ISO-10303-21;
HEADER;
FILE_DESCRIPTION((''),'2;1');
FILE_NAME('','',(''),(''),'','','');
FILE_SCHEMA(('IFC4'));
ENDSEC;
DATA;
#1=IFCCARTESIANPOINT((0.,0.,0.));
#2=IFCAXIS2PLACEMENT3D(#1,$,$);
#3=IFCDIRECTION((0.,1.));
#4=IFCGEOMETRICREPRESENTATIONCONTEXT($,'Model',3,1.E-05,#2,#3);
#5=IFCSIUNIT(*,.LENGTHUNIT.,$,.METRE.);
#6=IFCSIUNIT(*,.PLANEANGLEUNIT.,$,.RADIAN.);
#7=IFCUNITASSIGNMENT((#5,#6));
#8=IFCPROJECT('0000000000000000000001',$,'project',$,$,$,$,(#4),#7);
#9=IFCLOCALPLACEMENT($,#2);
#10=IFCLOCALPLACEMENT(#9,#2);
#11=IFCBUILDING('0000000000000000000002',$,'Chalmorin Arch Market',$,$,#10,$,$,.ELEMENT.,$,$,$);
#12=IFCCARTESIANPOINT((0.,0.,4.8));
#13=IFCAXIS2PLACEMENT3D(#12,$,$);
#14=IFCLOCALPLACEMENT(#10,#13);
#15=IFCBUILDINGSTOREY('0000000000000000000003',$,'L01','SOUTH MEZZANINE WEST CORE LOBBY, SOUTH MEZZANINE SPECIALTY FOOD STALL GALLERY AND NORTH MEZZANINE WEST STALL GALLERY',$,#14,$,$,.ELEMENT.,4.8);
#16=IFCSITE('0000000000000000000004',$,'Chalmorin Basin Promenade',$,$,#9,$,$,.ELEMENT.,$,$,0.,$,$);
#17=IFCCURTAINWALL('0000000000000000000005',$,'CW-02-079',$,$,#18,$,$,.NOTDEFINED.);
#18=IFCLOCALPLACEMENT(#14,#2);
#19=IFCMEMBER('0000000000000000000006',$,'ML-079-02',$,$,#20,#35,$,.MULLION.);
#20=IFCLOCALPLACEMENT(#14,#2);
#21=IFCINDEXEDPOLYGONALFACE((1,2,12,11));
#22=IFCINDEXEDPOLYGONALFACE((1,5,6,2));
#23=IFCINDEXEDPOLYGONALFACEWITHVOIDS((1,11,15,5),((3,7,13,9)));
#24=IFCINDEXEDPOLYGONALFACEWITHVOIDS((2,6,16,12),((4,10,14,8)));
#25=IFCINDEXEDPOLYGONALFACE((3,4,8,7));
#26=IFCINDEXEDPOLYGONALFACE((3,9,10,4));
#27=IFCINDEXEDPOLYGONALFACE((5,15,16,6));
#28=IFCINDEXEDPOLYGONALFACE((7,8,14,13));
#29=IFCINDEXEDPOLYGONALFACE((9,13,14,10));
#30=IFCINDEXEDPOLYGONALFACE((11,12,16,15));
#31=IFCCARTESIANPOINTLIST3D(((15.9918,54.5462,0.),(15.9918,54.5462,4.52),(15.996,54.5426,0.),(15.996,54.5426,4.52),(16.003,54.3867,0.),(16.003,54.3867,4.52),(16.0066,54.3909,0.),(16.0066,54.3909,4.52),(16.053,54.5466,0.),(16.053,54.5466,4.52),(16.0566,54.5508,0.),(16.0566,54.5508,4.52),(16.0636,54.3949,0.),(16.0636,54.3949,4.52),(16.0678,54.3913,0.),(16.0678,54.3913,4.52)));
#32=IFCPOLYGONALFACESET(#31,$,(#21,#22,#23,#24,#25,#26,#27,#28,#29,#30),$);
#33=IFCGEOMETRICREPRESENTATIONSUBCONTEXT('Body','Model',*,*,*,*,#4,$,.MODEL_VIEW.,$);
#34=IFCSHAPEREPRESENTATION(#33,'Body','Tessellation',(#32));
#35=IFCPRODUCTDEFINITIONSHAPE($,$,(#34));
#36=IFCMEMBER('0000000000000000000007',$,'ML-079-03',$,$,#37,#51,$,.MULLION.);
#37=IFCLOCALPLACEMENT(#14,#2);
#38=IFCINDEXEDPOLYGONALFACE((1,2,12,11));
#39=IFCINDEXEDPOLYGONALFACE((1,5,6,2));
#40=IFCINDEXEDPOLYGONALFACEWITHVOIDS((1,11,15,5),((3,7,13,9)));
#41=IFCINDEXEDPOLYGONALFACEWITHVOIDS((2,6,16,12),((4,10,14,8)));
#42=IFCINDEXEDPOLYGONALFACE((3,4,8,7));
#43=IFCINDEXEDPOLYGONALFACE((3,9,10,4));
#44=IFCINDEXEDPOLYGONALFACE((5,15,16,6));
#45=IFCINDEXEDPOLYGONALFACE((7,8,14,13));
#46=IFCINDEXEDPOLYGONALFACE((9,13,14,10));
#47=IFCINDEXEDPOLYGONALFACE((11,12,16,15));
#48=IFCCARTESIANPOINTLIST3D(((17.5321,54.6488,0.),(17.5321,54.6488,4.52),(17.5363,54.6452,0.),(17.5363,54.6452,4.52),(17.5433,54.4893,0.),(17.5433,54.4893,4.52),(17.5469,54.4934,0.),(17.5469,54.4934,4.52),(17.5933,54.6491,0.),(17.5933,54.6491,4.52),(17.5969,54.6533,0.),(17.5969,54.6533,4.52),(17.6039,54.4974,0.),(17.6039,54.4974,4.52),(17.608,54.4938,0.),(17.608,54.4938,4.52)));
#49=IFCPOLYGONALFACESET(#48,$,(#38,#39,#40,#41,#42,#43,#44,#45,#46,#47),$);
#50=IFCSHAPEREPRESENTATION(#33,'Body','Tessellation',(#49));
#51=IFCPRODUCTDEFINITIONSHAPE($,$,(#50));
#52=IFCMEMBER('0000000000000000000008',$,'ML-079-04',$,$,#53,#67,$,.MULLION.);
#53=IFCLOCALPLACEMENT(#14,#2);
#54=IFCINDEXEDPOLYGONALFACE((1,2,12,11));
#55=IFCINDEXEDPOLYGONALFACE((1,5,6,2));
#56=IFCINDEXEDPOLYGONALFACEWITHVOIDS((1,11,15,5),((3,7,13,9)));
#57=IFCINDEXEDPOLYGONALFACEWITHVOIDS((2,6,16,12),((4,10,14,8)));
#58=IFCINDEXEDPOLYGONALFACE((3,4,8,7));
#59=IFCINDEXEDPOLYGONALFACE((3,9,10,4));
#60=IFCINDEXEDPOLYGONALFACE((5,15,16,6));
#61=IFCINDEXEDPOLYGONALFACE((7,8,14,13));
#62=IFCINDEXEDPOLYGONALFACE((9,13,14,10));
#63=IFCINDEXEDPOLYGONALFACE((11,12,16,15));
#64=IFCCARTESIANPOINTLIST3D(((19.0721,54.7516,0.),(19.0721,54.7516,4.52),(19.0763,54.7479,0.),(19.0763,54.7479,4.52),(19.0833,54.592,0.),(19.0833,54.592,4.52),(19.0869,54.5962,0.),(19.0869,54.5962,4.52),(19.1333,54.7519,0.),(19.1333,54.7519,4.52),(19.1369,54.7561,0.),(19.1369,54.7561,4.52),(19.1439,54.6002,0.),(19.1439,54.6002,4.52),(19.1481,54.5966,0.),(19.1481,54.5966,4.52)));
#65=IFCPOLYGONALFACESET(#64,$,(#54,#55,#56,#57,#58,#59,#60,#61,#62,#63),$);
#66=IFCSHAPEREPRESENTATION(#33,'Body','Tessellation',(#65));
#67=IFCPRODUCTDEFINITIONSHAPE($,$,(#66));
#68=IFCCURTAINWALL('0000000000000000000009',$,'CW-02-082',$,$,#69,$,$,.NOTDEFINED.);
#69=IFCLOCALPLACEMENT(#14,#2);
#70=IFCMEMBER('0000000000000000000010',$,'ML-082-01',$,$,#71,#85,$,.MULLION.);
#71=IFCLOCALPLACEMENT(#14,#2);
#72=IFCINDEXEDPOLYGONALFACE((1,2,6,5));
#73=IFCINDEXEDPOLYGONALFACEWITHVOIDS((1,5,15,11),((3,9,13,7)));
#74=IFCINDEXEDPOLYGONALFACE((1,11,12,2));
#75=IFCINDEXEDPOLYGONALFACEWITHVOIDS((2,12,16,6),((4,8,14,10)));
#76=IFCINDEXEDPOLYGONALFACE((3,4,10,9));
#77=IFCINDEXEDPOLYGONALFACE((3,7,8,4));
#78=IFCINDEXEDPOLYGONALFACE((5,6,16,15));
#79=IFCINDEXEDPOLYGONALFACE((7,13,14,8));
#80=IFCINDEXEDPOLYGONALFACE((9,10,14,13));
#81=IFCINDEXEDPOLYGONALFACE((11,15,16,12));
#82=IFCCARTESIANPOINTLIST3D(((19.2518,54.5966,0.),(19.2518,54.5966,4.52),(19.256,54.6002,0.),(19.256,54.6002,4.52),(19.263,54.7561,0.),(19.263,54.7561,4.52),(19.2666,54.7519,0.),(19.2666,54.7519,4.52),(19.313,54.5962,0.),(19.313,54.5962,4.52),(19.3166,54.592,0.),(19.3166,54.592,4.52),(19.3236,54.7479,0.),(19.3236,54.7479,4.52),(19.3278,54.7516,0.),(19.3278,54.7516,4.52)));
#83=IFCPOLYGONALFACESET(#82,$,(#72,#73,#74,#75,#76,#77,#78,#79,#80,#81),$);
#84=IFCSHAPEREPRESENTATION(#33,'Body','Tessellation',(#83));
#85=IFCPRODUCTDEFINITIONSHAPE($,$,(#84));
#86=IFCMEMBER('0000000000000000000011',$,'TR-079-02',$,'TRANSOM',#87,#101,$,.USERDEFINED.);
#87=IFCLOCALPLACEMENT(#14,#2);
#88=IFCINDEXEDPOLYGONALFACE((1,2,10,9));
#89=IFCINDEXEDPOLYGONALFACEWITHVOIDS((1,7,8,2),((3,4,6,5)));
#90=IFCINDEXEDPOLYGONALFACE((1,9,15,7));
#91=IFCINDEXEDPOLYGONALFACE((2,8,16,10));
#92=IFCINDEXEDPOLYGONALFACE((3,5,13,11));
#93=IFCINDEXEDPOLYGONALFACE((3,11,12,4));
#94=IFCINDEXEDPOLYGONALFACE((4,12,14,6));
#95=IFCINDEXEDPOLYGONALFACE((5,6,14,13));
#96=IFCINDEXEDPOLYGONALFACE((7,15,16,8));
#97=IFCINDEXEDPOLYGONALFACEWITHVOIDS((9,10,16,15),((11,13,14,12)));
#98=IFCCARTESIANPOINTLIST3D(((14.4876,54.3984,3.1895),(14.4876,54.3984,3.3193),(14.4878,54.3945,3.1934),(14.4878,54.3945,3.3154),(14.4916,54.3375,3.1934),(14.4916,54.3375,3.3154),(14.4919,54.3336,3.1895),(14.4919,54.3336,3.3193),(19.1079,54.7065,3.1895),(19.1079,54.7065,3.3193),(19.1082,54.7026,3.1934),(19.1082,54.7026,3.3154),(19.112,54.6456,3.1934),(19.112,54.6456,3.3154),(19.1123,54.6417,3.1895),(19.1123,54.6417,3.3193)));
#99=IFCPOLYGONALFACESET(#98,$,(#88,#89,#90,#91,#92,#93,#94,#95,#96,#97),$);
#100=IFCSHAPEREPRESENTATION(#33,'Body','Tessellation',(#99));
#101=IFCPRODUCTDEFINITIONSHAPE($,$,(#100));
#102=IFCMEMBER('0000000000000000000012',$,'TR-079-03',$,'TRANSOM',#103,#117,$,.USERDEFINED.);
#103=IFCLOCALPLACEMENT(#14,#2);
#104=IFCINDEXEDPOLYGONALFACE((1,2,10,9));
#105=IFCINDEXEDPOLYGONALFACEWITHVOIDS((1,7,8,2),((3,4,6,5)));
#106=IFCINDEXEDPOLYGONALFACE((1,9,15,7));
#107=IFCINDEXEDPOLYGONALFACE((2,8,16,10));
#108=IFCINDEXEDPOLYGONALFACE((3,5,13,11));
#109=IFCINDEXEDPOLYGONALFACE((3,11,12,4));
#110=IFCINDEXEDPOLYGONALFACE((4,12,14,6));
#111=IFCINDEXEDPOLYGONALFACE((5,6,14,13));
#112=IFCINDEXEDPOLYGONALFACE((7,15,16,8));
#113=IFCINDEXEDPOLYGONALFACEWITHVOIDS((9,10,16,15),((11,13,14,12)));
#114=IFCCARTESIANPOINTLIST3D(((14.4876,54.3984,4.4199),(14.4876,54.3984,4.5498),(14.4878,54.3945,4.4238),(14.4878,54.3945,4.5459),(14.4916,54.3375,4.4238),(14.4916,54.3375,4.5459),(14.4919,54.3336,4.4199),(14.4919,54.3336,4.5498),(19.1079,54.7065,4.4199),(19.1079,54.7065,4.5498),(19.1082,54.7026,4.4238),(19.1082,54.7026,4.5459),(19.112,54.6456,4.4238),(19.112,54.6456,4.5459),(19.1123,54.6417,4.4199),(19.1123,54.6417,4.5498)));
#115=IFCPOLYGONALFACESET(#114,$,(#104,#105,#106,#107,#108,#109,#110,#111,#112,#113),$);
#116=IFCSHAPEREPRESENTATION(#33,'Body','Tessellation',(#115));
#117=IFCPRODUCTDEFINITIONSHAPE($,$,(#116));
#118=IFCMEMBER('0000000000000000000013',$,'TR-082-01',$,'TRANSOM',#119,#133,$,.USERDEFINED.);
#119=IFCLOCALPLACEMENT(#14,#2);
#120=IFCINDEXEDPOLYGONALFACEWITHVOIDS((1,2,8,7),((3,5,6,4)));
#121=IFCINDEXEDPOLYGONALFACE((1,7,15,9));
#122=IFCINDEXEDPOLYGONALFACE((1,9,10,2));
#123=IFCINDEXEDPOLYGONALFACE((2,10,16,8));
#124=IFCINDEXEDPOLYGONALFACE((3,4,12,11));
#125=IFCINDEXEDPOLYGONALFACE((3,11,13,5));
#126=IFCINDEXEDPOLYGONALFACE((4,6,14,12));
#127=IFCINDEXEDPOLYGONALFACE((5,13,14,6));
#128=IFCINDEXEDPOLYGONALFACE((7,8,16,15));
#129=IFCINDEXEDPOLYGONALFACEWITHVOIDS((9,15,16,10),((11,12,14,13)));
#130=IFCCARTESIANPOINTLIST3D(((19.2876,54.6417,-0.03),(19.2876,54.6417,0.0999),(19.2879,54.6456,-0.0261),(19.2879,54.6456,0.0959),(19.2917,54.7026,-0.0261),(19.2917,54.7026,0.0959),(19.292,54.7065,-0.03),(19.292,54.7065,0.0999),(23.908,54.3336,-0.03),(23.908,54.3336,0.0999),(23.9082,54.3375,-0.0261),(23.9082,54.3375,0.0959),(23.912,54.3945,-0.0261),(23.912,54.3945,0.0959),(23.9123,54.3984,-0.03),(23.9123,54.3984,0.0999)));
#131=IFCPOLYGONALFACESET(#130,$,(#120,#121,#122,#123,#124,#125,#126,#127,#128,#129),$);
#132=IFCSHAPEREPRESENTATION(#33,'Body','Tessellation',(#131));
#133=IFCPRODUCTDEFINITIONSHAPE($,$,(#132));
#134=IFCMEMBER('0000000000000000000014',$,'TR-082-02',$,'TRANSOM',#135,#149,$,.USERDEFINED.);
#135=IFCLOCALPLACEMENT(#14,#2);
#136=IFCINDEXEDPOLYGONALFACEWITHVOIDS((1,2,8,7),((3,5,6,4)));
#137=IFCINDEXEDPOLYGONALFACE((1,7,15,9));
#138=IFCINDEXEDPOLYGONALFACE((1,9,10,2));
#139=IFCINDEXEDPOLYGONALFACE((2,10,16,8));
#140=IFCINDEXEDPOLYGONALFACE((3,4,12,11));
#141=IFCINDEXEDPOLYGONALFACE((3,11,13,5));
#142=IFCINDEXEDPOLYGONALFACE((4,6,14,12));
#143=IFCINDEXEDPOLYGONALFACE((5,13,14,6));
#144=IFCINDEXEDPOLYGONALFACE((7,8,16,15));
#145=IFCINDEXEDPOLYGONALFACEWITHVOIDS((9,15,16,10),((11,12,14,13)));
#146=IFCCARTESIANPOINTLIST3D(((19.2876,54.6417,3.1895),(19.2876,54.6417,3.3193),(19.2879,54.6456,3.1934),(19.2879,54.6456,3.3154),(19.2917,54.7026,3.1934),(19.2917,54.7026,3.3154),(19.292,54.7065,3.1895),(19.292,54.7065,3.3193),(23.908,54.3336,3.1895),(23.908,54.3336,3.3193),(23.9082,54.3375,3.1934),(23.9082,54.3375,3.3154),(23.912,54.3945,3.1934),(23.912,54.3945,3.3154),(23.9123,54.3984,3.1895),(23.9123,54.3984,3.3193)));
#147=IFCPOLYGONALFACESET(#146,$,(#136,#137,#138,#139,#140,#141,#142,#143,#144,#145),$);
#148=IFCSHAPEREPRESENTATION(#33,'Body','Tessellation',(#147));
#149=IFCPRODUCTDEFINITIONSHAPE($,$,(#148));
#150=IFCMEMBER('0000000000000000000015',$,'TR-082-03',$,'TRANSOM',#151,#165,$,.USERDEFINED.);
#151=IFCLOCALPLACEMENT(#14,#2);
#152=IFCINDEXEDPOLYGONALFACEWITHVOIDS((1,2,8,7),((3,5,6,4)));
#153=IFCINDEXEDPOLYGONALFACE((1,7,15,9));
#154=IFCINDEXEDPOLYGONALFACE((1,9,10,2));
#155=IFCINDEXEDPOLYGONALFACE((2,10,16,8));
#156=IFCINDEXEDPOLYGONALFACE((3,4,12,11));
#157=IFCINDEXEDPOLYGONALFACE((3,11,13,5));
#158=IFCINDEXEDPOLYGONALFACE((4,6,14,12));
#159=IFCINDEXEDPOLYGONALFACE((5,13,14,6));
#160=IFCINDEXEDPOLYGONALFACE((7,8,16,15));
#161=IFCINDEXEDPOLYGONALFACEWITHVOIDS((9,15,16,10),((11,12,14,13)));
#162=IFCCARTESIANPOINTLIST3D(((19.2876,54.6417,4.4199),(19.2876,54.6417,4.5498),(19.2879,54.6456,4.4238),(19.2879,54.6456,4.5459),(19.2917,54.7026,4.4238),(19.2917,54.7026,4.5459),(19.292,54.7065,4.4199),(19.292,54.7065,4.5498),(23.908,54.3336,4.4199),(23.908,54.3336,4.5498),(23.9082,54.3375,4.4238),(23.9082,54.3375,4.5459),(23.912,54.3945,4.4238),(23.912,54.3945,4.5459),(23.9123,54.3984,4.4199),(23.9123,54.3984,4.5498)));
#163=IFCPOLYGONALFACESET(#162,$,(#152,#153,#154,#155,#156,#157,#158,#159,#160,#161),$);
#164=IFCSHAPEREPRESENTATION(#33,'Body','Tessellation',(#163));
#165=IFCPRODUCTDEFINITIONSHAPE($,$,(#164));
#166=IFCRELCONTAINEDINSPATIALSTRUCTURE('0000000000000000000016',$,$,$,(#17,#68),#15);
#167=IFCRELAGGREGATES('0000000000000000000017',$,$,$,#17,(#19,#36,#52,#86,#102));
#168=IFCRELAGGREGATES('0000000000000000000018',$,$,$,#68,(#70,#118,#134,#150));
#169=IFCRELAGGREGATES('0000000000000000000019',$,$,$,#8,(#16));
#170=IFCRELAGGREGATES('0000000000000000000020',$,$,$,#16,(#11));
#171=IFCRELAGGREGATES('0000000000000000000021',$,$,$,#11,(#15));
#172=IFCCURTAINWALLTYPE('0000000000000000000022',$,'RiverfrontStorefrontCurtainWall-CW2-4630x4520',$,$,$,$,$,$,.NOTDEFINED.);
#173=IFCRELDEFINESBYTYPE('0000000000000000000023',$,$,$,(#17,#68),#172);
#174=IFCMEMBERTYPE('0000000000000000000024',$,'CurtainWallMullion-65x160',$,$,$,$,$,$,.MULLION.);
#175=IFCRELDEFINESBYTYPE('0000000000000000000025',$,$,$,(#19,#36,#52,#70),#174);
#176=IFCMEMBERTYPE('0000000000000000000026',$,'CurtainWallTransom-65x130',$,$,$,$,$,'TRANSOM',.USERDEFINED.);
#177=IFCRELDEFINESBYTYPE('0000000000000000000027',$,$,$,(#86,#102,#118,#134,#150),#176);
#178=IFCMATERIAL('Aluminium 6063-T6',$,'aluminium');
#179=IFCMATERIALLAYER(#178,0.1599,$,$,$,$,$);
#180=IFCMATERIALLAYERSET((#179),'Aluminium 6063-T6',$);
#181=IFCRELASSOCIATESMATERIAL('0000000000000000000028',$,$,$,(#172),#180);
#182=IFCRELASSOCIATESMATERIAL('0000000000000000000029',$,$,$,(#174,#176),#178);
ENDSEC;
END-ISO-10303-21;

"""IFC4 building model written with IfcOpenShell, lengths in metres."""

from ifc_helpers import new_model, si_unit, direction, frame, origin, origin_2d, place, context, subcontext, project, spatial, hollow_rectangle, extrude, material, layer, layer_set, material_profile, profile_set, type_object, element, aggregate, save


model = new_model("IFC4")

# Units and contexts
model_context = context("Model", 3, precision=1e-05, world=origin(), true_north=direction((0.0, 1.0)))
body_context = subcontext(model_context, "Body", "Model", "MODEL_VIEW")
ifc_project = project(units=[si_unit("LENGTHUNIT", "METRE"), si_unit("PLANEANGLEUNIT", "RADIAN")], contexts=[model_context])

# Site, building, storey
site_placement = place(None, origin())
site = spatial("IfcSite", under=ifc_project, at=site_placement, Name="Chalmorin Basin Promenade", CompositionType="ELEMENT", RefElevation=0.0)
building_placement = place(site_placement, origin())
building = spatial("IfcBuilding", under=site, at=building_placement, Name="Chalmorin Arch Market", CompositionType="ELEMENT")
storey_placement = place(building_placement, frame((0.0, 0.0, 4.8)))
storey = spatial("IfcBuildingStorey", under=building, at=storey_placement, Name="L01", Description="SOUTH MEZZANINE WEST CORE LOBBY, SOUTH MEZZANINE SPECIALTY FOOD STALL GALLERY AND NORTH MEZZANINE WEST STALL GALLERY", CompositionType="ELEMENT", Elevation=4.8)

# Curtain wall, members
ifc_material_1 = material(Name="Aluminium 6063-T6", Category="aluminium")
ifc_layer_1 = layer(ifc_material_1, 0.1599)
ifc_layer_set_1 = layer_set([ifc_layer_1], Name="Aluminium 6063-T6")
curtain_wall_type = type_object("IfcCurtainWallType", Name="RiverfrontStorefrontCurtainWall-CW2-4630x4520", PredefinedType="NOTDEFINED", material=ifc_layer_set_1)
curtain_wall_1_placement = place(storey_placement, origin())
curtain_wall_1 = element("IfcCurtainWall", 1, at=curtain_wall_1_placement, inside=storey, type_object=curtain_wall_type, Name="CW-02-079", PredefinedType="NOTDEFINED")
ifc_material_profile_1 = material_profile(ifc_material_1, hollow_rectangle(XDim=0.0649, YDim=0.1599, WallThickness=0.0039, at=origin_2d()), Name="ALU65X160X4")
ifc_profile_set_1 = profile_set([ifc_material_profile_1], Name="Aluminium 6063-T6")
member_type_1 = type_object("IfcMemberType", Name="CurtainWallMullion-65x160", PredefinedType="MULLION", material=ifc_profile_set_1)
member_1_placement = place(storey_placement, frame((16.0298, 54.4688, 0.0), z_axis=(0.0, 0.0, 1.0), x_axis=(0.997564, 0.069756, 0.0)))
member_1 = element("IfcMember", 2, at=member_1_placement, type_object=member_type_1, Name="ML-079-02", PredefinedType="MULLION", context=body_context, shape_type="SweptSolid", body=[
    extrude(hollow_rectangle(XDim=0.0649, YDim=0.1599, WallThickness=0.0039, at=origin_2d()), origin(), (0.0, 0.0, 1.0), 4.52),
])
member_2_placement = place(storey_placement, frame((17.5701, 54.5713, 0.0), z_axis=(0.0, 0.0, 1.0), x_axis=(0.997564, 0.069756, 0.0)))
member_2 = element("IfcMember", 3, at=member_2_placement, type_object=member_type_1, Name="ML-079-03", PredefinedType="MULLION", context=body_context, shape_type="SweptSolid", body=[
    extrude(hollow_rectangle(XDim=0.0649, YDim=0.1599, WallThickness=0.0039, at=origin_2d()), origin(), (0.0, 0.0, 1.0), 4.52),
])
member_3_placement = place(storey_placement, frame((19.1101, 54.6741, 0.0), z_axis=(0.0, 0.0, 1.0), x_axis=(0.997564, 0.069756, 0.0)))
member_3 = element("IfcMember", 4, at=member_3_placement, type_object=member_type_1, Name="ML-079-04", PredefinedType="MULLION", context=body_context, shape_type="SweptSolid", body=[
    extrude(hollow_rectangle(XDim=0.0649, YDim=0.1599, WallThickness=0.0039, at=origin_2d()), origin(), (0.0, 0.0, 1.0), 4.52),
])

# Curtain wall, member
curtain_wall_2_placement = place(storey_placement, origin())
curtain_wall_2 = element("IfcCurtainWall", 5, at=curtain_wall_2_placement, inside=storey, type_object=curtain_wall_type, Name="CW-02-082", PredefinedType="NOTDEFINED")
member_4_placement = place(storey_placement, frame((19.2898, 54.6741, 0.0), z_axis=(0.0, 0.0, 1.0), x_axis=(0.997564, -0.069756, 0.0)))
member_4 = element("IfcMember", 6, at=member_4_placement, type_object=member_type_1, Name="ML-082-01", PredefinedType="MULLION", context=body_context, shape_type="SweptSolid", body=[
    extrude(hollow_rectangle(XDim=0.0649, YDim=0.1599, WallThickness=0.0039, at=origin_2d()), origin(), (0.0, 0.0, 1.0), 4.52),
])

# Members
ifc_material_profile_2 = material_profile(ifc_material_1, hollow_rectangle(XDim=0.0649, YDim=0.1299, WallThickness=0.0039, at=origin_2d()), Name="ALU65X130X4")
ifc_profile_set_2 = profile_set([ifc_material_profile_2], Name="Aluminium 6063-T6")
member_type_2 = type_object("IfcMemberType", Name="CurtainWallTransom-65x130", ElementType="TRANSOM", PredefinedType="USERDEFINED", material=ifc_profile_set_2)
member_5_placement = place(storey_placement, frame((14.4897, 54.366, 3.2544), z_axis=(0.997784, 0.066537, 0.0), x_axis=(-0.066537, 0.997784, 0.0)))
member_5 = element("IfcMember", 7, at=member_5_placement, type_object=member_type_2, Name="TR-079-02", ObjectType="TRANSOM", PredefinedType="USERDEFINED", context=body_context, shape_type="SweptSolid", body=[
    extrude(hollow_rectangle(XDim=0.0649, YDim=0.1299, WallThickness=0.0039, at=origin_2d()), origin(), (0.0, 0.0, 1.0), 4.6306),
])
member_6_placement = place(storey_placement, frame((14.4897, 54.366, 4.4849), z_axis=(0.997784, 0.066537, 0.0), x_axis=(-0.066537, 0.997784, 0.0)))
member_6 = element("IfcMember", 8, at=member_6_placement, type_object=member_type_2, Name="TR-079-03", ObjectType="TRANSOM", PredefinedType="USERDEFINED", context=body_context, shape_type="SweptSolid", body=[
    extrude(hollow_rectangle(XDim=0.0649, YDim=0.1299, WallThickness=0.0039, at=origin_2d()), origin(), (0.0, 0.0, 1.0), 4.6306),
])
member_7_placement = place(storey_placement, frame((19.2898, 54.6741, 0.0349), z_axis=(0.997784, -0.066537, 0.0), x_axis=(0.066537, 0.997784, 0.0)))
member_7 = element("IfcMember", 9, at=member_7_placement, type_object=member_type_2, Name="TR-082-01", ObjectType="TRANSOM", PredefinedType="USERDEFINED", context=body_context, shape_type="SweptSolid", body=[
    extrude(hollow_rectangle(XDim=0.0649, YDim=0.1299, WallThickness=0.0039, at=origin_2d()), origin(), (0.0, 0.0, 1.0), 4.6306),
])
member_8_placement = place(storey_placement, frame((19.2898, 54.6741, 3.2544), z_axis=(0.997784, -0.066537, 0.0), x_axis=(0.066537, 0.997784, 0.0)))
member_8 = element("IfcMember", 10, at=member_8_placement, type_object=member_type_2, Name="TR-082-02", ObjectType="TRANSOM", PredefinedType="USERDEFINED", context=body_context, shape_type="SweptSolid", body=[
    extrude(hollow_rectangle(XDim=0.0649, YDim=0.1299, WallThickness=0.0039, at=origin_2d()), origin(), (0.0, 0.0, 1.0), 4.6306),
])
member_9_placement = place(storey_placement, frame((19.2898, 54.6741, 4.4849), z_axis=(0.997784, -0.066537, 0.0), x_axis=(0.066537, 0.997784, 0.0)))
member_9 = element("IfcMember", 11, at=member_9_placement, type_object=member_type_2, Name="TR-082-03", ObjectType="TRANSOM", PredefinedType="USERDEFINED", context=body_context, shape_type="SweptSolid", body=[
    extrude(hollow_rectangle(XDim=0.0649, YDim=0.1299, WallThickness=0.0039, at=origin_2d()), origin(), (0.0, 0.0, 1.0), 4.6306),
])

aggregate(curtain_wall_1, [member_1, member_2, member_3, member_5, member_6])
aggregate(curtain_wall_2, [member_4, member_7, member_8, member_9])

save(model, "model.ifc")
